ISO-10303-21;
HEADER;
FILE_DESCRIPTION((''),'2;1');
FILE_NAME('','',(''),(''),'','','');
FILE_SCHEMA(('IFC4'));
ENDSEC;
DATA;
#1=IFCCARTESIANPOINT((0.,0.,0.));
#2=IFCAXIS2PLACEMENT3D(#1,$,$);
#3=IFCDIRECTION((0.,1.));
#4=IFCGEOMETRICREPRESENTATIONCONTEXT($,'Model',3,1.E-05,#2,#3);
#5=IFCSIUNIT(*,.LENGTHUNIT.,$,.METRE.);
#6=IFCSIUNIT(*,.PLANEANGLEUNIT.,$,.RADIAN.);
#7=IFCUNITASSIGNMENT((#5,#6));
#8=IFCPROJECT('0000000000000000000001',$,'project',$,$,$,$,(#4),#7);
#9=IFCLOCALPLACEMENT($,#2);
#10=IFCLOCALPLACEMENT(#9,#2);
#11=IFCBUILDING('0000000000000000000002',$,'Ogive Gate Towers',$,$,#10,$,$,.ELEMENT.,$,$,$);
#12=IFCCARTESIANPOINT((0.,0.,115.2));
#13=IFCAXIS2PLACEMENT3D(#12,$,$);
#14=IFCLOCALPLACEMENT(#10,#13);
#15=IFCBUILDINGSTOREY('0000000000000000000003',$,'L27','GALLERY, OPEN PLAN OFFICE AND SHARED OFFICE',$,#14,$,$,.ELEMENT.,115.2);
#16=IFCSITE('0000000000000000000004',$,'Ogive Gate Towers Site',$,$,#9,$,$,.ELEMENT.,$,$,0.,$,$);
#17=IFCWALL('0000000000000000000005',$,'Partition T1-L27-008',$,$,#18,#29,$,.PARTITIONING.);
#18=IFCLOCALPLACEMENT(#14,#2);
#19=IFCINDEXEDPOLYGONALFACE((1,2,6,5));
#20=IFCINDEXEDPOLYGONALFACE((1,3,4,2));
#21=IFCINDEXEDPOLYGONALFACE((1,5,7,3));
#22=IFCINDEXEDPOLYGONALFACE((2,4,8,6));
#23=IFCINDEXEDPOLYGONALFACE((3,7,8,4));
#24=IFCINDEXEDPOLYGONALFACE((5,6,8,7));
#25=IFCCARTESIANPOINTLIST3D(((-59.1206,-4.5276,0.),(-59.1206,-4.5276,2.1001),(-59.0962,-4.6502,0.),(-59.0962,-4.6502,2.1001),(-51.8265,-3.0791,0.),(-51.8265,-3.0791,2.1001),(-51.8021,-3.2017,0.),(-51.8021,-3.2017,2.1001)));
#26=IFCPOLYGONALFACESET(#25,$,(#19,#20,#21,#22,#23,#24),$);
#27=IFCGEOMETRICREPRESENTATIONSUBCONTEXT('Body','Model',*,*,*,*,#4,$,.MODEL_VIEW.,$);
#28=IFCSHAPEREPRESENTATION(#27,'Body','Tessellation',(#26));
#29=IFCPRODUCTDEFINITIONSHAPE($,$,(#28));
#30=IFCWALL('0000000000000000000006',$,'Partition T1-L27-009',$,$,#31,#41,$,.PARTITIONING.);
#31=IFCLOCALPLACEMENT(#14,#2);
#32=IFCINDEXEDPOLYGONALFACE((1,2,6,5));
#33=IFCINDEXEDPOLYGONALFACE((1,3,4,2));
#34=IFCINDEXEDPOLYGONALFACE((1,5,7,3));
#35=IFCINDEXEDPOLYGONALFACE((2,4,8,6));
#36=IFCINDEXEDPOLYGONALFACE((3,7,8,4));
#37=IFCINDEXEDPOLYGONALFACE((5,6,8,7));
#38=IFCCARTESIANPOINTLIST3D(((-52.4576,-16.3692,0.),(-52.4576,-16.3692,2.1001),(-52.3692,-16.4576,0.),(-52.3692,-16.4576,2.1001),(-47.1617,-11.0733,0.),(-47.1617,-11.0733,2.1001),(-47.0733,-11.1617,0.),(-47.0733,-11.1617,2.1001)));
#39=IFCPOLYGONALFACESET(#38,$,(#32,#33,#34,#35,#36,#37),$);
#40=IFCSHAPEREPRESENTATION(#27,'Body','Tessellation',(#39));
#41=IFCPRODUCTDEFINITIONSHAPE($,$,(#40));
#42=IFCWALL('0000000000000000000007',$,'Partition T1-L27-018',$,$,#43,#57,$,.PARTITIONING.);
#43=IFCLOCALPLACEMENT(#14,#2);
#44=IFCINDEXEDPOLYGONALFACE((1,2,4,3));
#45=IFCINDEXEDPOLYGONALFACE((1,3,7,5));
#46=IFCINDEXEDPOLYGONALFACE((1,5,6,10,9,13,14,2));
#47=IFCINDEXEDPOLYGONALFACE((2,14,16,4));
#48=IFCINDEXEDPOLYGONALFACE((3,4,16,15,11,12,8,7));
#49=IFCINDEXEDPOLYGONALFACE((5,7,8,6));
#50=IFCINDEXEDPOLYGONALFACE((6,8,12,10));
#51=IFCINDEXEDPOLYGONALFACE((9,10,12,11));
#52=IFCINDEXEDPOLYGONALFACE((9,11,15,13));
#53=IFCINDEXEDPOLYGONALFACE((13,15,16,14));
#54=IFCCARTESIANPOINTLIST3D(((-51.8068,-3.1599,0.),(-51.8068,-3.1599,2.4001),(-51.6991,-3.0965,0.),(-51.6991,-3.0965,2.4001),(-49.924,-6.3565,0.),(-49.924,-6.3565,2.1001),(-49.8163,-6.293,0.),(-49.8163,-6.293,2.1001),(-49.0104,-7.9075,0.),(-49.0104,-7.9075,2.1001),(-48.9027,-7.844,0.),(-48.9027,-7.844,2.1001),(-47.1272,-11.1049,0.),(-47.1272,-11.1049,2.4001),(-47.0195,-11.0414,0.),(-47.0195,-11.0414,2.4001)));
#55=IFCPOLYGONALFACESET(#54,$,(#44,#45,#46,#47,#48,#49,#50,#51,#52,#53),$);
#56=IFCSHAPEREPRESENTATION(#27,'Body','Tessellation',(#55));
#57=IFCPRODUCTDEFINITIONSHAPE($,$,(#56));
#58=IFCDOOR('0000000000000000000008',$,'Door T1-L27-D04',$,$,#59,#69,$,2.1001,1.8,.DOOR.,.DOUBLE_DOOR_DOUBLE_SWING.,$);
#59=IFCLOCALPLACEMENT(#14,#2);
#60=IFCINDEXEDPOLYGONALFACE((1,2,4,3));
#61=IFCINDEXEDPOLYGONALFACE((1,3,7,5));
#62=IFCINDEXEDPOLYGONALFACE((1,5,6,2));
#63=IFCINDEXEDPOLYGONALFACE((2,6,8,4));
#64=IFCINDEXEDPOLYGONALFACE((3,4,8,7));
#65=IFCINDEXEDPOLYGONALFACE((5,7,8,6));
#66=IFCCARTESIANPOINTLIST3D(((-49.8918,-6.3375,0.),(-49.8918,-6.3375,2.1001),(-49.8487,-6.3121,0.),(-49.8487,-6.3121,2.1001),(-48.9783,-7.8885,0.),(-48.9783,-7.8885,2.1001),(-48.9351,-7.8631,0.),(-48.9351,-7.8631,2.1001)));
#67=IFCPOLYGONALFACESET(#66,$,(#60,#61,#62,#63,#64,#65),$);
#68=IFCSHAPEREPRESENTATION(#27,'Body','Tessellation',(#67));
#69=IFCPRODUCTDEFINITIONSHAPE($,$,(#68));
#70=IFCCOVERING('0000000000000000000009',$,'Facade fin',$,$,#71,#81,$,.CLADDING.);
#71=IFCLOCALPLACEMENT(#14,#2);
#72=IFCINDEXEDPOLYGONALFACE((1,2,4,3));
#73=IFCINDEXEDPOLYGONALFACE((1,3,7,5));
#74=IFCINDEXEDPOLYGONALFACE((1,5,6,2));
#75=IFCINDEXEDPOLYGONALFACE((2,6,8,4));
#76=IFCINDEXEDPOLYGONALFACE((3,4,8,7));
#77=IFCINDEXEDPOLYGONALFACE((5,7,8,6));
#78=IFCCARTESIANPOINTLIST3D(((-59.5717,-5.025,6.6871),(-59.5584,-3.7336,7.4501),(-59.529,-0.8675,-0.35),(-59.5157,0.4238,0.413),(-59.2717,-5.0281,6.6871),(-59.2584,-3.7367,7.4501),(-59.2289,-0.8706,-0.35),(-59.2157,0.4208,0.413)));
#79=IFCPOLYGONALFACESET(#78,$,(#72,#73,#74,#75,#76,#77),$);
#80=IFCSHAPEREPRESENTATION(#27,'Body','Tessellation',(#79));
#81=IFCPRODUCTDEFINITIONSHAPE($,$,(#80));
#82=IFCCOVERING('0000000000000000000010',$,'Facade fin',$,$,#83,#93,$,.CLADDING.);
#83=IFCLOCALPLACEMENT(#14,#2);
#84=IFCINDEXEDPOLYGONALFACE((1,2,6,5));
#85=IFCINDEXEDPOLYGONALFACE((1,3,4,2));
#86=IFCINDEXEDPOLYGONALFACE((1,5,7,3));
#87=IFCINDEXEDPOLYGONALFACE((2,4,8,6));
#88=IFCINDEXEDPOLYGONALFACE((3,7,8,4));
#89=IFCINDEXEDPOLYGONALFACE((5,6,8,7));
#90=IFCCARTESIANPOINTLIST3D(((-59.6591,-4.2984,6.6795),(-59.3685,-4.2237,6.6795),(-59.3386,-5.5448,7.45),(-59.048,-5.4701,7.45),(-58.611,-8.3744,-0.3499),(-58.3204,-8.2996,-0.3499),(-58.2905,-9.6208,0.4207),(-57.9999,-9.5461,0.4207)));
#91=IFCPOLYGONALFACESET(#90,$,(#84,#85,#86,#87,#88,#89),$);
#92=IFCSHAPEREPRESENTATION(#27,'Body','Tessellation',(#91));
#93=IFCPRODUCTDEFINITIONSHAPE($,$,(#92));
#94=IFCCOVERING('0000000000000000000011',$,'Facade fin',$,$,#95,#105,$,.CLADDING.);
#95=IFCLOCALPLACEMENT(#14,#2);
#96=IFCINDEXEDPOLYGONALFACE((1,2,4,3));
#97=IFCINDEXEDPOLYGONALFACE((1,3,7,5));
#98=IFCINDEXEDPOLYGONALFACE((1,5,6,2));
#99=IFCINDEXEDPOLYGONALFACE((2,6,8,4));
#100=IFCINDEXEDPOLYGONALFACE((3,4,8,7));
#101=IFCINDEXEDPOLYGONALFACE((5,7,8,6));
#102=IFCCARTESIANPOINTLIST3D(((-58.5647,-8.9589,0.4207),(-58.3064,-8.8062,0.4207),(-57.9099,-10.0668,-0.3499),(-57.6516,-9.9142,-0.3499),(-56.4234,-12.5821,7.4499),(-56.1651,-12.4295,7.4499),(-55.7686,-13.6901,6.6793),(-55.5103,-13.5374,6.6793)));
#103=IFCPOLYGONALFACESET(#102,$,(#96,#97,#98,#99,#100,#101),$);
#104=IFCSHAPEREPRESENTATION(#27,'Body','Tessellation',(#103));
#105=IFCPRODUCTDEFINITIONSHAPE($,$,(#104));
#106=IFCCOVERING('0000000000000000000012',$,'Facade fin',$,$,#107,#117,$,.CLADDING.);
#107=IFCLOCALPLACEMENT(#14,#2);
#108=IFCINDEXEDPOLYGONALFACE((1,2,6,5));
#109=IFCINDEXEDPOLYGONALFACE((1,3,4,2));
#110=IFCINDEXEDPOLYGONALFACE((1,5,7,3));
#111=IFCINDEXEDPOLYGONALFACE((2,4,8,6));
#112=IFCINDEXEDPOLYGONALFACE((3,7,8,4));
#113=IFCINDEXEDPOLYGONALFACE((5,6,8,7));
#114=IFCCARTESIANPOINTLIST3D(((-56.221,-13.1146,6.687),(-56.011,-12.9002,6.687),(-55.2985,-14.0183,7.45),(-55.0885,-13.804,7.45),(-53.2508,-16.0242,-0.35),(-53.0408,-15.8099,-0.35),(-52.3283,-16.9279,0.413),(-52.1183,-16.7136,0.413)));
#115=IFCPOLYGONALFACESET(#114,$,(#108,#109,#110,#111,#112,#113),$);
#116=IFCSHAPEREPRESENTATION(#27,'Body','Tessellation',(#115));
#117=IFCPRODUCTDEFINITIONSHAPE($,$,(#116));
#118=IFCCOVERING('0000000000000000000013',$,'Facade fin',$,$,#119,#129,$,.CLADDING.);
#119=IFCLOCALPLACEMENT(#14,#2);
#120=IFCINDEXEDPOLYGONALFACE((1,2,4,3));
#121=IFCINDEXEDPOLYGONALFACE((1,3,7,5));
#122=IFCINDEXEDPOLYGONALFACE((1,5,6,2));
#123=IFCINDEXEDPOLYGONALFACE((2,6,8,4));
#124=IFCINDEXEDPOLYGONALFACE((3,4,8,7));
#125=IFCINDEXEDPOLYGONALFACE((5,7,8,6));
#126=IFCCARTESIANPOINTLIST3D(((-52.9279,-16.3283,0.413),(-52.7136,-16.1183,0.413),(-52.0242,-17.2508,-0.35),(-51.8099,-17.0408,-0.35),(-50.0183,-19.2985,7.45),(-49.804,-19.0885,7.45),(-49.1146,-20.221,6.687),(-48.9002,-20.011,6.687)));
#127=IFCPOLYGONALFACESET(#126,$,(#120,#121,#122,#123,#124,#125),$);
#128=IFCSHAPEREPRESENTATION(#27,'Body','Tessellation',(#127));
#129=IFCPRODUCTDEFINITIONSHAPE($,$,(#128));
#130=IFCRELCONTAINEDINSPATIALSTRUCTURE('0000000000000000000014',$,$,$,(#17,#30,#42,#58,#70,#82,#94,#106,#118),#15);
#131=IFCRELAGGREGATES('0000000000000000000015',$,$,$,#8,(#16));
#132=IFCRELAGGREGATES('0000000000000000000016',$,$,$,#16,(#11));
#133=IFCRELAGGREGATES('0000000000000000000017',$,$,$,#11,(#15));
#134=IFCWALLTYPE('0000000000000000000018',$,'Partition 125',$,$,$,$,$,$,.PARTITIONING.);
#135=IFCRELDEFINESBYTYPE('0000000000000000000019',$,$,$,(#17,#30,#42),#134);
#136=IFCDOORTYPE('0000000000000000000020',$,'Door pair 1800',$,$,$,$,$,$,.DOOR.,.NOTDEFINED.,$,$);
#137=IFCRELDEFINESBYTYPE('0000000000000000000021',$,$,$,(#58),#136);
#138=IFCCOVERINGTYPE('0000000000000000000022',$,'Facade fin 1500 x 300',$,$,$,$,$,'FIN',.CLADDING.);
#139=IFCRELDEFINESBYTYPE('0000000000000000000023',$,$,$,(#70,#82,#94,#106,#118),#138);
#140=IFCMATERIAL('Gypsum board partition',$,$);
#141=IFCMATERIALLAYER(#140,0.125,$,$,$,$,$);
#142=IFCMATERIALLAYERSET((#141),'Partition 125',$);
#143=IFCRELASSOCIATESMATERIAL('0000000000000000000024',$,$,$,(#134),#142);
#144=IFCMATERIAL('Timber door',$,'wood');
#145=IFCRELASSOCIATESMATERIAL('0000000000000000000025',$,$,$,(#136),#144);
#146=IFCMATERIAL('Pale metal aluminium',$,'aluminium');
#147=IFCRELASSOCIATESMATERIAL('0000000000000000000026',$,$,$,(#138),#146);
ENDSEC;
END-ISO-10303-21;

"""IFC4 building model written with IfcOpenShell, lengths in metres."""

from ifc_helpers import new_model, si_unit, direction, frame, frame_2d, origin, origin_2d, place, context, subcontext, project, spatial, rectangle, extrude, material, layer, layer_set, material_profile, profile_set, type_object, element, fill, save


model = new_model("IFC4")

# Units and contexts
model_context = context("Model", 3, precision=1e-05, world=origin(), true_north=direction((0.0, 1.0)))
body_context = subcontext(model_context, "Body", "Model", "MODEL_VIEW")
ifc_project = project(units=[si_unit("LENGTHUNIT", "METRE"), si_unit("PLANEANGLEUNIT", "RADIAN")], contexts=[model_context])

# Site, building, storey
site_placement = place(None, origin())
site = spatial("IfcSite", under=ifc_project, at=site_placement, Name="Ogive Gate Towers Site", CompositionType="ELEMENT", RefElevation=0.0)
building_placement = place(site_placement, origin())
building = spatial("IfcBuilding", under=site, at=building_placement, Name="Ogive Gate Towers", CompositionType="ELEMENT")
storey_placement = place(building_placement, frame((0.0, 0.0, 115.2)))
storey = spatial("IfcBuildingStorey", under=building, at=storey_placement, Name="L27", Description="GALLERY, OPEN PLAN OFFICE AND SHARED OFFICE", CompositionType="ELEMENT", Elevation=115.2)

# Shared definitions
ifc_material_1 = material(Name="Pale metal aluminium", Category="aluminium")

# Walls
ifc_material_2 = material(Name="Gypsum board partition")
ifc_layer_1 = layer(ifc_material_2, 0.125)
ifc_layer_set_1 = layer_set([ifc_layer_1], Name="Partition 125")
wall_type = type_object("IfcWallType", Name="Partition 125", PredefinedType="PARTITIONING", material=ifc_layer_set_1)
wall_1_placement = place(storey_placement, frame((-59.1084, -4.5889, 0.0), z_axis=(0.0, 0.0, 1.0), x_axis=(0.980847, 0.194778, 0.0)))
element("IfcWall", 1, at=wall_1_placement, inside=storey, type_object=wall_type, Name="Partition T1-L27-008", PredefinedType="PARTITIONING", context=body_context, shape_type="SweptSolid", body=[
    extrude(rectangle(XDim=7.4365, YDim=0.125, at=frame_2d((3.7183, 0.0))), origin(), (0.0, 0.0, 1.0), 2.1001),
])
wall_2_placement = place(storey_placement, frame((-52.4133, -16.4133, 0.0), z_axis=(0.0, 0.0, 1.0), x_axis=(0.707107, 0.707107, 0.0)))
element("IfcWall", 2, at=wall_2_placement, inside=storey, type_object=wall_type, Name="Partition T1-L27-009", PredefinedType="PARTITIONING", context=body_context, shape_type="SweptSolid", body=[
    extrude(rectangle(XDim=7.4895, YDim=0.125, at=frame_2d((3.7446, 0.0))), origin(), (0.0, 0.0, 1.0), 2.1001),
])

# Wall, opening, door
wall_3_placement = place(storey_placement, frame((-51.7529, -3.1282, 0.0), z_axis=(0.0, 0.0, 1.0), x_axis=(0.507513, -0.861644, 0.0)))
wall_3 = element("IfcWall", 3, at=wall_3_placement, inside=storey, type_object=wall_type, Name="Partition T1-L27-018", PredefinedType="PARTITIONING", context=body_context, shape_type="SweptSolid", body=[
    extrude(rectangle(XDim=9.2207, YDim=0.125, at=frame_2d((4.6104, 0.0))), origin(), (0.0, 0.0, 1.0), 2.4001),
])
opening_placement = place(wall_3_placement, frame((3.71, 0.0, 0.0)))
opening = element("IfcOpeningElement", 4, at=opening_placement, cuts=wall_3, PredefinedType="OPENING", context=body_context, shape_type="SweptSolid", body=[
    extrude(rectangle(XDim=1.8, YDim=2.1001, at=frame_2d((0.8999, 1.05))), frame((0.0, 0.0725, 0.0), z_axis=(0.0, -1.0, 0.0), x_axis=(1.0, 0.0, 0.0)), (0.0, 0.0, 1.0), 0.145),
])
ifc_material_3 = material(Name="Timber door", Category="wood")
door_type = type_object("IfcDoorType", Name="Door pair 1800", OperationType="NOTDEFINED", PredefinedType="DOOR", material=ifc_material_3)
door_placement = place(opening_placement, origin())
door = element("IfcDoor", 5, at=door_placement, inside=storey, type_object=door_type, Name="Door T1-L27-D04", OperationType="DOUBLE_DOOR_DOUBLE_SWING", OverallHeight=2.1001, OverallWidth=1.8, PredefinedType="DOOR", context=body_context, shape_type="SweptSolid", body=[
    extrude(rectangle(XDim=1.8, YDim=2.1001, at=frame_2d((0.8999, 1.05))), frame((0.0, 0.0249, 0.0), z_axis=(0.0, -1.0, 0.0), x_axis=(1.0, 0.0, 0.0)), (0.0, 0.0, 1.0), 0.05),
])
fill(opening, door)

# Coverings
ifc_material_profile_1 = material_profile(ifc_material_1, rectangle(XDim=0.3, YDim=1.5, at=origin_2d()), Name="1500 x 300 pale metal aluminium")
ifc_profile_set_1 = profile_set([ifc_material_profile_1], Name="Pale metal aluminium")
covering_type = type_object("IfcCoveringType", Name="Facade fin 1500 x 300", ElementType="FIN", PredefinedType="CLADDING", material=ifc_profile_set_1)
covering_placement = place(storey_placement, frame((-59.3723, -0.2234, 0.0315), z_axis=(-0.005227, -0.508648, 0.860959), x_axis=(0.999947, -0.010276, 0.0)))
element("IfcCovering", 6, at=covering_placement, inside=storey, type_object=covering_type, Name="Facade fin", PredefinedType="CLADDING", context=body_context, shape_type="SweptSolid", body=[
    extrude(rectangle(XDim=0.3, YDim=1.5, at=origin_2d()), origin(), (0.0, 0.0, 1.0), 8.1736),
])
for number, where, z_axis, x_axis, name in (
    (7, (-58.3054, -8.9602, 0.0354), (-0.127928, 0.497498, 0.85798), (-0.968493, -0.249041, 0.0), "Facade fin"),
    (8, (-58.1082, -9.4365, 0.0354), (0.261365, -0.442244, 0.857967), (0.860893, 0.508786, 0.0), "Facade fin"),
):
    element("IfcCovering", number, at=place(storey_placement, frame(where, z_axis=z_axis, x_axis=x_axis)), inside=storey, type_object=covering_type, Name=name, PredefinedType="CLADDING", context=body_context, shape_type="SweptSolid", body=[
        extrude(rectangle(XDim=0.3, YDim=1.5, at=origin_2d()), origin(), (0.0, 0.0, 1.0), 8.1929),
    ])
for number, where, z_axis, x_axis, name in (
    (9, (-52.6846, -16.3689, 0.0315), (-0.363387, 0.35598, 0.860946), (-0.699788, -0.71435, 0.0), "Facade fin"),
    (10, (-52.3689, -16.6846, 0.0315), (0.35598, -0.363387, 0.860946), (0.71435, 0.699788, 0.0), "Facade fin"),
):
    element("IfcCovering", number, at=place(storey_placement, frame(where, z_axis=z_axis, x_axis=x_axis)), inside=storey, type_object=covering_type, Name=name, PredefinedType="CLADDING", context=body_context, shape_type="SweptSolid", body=[
        extrude(rectangle(XDim=0.3, YDim=1.5, at=origin_2d()), origin(), (0.0, 0.0, 1.0), 8.1736),
    ])

save(model, "model.ifc")
